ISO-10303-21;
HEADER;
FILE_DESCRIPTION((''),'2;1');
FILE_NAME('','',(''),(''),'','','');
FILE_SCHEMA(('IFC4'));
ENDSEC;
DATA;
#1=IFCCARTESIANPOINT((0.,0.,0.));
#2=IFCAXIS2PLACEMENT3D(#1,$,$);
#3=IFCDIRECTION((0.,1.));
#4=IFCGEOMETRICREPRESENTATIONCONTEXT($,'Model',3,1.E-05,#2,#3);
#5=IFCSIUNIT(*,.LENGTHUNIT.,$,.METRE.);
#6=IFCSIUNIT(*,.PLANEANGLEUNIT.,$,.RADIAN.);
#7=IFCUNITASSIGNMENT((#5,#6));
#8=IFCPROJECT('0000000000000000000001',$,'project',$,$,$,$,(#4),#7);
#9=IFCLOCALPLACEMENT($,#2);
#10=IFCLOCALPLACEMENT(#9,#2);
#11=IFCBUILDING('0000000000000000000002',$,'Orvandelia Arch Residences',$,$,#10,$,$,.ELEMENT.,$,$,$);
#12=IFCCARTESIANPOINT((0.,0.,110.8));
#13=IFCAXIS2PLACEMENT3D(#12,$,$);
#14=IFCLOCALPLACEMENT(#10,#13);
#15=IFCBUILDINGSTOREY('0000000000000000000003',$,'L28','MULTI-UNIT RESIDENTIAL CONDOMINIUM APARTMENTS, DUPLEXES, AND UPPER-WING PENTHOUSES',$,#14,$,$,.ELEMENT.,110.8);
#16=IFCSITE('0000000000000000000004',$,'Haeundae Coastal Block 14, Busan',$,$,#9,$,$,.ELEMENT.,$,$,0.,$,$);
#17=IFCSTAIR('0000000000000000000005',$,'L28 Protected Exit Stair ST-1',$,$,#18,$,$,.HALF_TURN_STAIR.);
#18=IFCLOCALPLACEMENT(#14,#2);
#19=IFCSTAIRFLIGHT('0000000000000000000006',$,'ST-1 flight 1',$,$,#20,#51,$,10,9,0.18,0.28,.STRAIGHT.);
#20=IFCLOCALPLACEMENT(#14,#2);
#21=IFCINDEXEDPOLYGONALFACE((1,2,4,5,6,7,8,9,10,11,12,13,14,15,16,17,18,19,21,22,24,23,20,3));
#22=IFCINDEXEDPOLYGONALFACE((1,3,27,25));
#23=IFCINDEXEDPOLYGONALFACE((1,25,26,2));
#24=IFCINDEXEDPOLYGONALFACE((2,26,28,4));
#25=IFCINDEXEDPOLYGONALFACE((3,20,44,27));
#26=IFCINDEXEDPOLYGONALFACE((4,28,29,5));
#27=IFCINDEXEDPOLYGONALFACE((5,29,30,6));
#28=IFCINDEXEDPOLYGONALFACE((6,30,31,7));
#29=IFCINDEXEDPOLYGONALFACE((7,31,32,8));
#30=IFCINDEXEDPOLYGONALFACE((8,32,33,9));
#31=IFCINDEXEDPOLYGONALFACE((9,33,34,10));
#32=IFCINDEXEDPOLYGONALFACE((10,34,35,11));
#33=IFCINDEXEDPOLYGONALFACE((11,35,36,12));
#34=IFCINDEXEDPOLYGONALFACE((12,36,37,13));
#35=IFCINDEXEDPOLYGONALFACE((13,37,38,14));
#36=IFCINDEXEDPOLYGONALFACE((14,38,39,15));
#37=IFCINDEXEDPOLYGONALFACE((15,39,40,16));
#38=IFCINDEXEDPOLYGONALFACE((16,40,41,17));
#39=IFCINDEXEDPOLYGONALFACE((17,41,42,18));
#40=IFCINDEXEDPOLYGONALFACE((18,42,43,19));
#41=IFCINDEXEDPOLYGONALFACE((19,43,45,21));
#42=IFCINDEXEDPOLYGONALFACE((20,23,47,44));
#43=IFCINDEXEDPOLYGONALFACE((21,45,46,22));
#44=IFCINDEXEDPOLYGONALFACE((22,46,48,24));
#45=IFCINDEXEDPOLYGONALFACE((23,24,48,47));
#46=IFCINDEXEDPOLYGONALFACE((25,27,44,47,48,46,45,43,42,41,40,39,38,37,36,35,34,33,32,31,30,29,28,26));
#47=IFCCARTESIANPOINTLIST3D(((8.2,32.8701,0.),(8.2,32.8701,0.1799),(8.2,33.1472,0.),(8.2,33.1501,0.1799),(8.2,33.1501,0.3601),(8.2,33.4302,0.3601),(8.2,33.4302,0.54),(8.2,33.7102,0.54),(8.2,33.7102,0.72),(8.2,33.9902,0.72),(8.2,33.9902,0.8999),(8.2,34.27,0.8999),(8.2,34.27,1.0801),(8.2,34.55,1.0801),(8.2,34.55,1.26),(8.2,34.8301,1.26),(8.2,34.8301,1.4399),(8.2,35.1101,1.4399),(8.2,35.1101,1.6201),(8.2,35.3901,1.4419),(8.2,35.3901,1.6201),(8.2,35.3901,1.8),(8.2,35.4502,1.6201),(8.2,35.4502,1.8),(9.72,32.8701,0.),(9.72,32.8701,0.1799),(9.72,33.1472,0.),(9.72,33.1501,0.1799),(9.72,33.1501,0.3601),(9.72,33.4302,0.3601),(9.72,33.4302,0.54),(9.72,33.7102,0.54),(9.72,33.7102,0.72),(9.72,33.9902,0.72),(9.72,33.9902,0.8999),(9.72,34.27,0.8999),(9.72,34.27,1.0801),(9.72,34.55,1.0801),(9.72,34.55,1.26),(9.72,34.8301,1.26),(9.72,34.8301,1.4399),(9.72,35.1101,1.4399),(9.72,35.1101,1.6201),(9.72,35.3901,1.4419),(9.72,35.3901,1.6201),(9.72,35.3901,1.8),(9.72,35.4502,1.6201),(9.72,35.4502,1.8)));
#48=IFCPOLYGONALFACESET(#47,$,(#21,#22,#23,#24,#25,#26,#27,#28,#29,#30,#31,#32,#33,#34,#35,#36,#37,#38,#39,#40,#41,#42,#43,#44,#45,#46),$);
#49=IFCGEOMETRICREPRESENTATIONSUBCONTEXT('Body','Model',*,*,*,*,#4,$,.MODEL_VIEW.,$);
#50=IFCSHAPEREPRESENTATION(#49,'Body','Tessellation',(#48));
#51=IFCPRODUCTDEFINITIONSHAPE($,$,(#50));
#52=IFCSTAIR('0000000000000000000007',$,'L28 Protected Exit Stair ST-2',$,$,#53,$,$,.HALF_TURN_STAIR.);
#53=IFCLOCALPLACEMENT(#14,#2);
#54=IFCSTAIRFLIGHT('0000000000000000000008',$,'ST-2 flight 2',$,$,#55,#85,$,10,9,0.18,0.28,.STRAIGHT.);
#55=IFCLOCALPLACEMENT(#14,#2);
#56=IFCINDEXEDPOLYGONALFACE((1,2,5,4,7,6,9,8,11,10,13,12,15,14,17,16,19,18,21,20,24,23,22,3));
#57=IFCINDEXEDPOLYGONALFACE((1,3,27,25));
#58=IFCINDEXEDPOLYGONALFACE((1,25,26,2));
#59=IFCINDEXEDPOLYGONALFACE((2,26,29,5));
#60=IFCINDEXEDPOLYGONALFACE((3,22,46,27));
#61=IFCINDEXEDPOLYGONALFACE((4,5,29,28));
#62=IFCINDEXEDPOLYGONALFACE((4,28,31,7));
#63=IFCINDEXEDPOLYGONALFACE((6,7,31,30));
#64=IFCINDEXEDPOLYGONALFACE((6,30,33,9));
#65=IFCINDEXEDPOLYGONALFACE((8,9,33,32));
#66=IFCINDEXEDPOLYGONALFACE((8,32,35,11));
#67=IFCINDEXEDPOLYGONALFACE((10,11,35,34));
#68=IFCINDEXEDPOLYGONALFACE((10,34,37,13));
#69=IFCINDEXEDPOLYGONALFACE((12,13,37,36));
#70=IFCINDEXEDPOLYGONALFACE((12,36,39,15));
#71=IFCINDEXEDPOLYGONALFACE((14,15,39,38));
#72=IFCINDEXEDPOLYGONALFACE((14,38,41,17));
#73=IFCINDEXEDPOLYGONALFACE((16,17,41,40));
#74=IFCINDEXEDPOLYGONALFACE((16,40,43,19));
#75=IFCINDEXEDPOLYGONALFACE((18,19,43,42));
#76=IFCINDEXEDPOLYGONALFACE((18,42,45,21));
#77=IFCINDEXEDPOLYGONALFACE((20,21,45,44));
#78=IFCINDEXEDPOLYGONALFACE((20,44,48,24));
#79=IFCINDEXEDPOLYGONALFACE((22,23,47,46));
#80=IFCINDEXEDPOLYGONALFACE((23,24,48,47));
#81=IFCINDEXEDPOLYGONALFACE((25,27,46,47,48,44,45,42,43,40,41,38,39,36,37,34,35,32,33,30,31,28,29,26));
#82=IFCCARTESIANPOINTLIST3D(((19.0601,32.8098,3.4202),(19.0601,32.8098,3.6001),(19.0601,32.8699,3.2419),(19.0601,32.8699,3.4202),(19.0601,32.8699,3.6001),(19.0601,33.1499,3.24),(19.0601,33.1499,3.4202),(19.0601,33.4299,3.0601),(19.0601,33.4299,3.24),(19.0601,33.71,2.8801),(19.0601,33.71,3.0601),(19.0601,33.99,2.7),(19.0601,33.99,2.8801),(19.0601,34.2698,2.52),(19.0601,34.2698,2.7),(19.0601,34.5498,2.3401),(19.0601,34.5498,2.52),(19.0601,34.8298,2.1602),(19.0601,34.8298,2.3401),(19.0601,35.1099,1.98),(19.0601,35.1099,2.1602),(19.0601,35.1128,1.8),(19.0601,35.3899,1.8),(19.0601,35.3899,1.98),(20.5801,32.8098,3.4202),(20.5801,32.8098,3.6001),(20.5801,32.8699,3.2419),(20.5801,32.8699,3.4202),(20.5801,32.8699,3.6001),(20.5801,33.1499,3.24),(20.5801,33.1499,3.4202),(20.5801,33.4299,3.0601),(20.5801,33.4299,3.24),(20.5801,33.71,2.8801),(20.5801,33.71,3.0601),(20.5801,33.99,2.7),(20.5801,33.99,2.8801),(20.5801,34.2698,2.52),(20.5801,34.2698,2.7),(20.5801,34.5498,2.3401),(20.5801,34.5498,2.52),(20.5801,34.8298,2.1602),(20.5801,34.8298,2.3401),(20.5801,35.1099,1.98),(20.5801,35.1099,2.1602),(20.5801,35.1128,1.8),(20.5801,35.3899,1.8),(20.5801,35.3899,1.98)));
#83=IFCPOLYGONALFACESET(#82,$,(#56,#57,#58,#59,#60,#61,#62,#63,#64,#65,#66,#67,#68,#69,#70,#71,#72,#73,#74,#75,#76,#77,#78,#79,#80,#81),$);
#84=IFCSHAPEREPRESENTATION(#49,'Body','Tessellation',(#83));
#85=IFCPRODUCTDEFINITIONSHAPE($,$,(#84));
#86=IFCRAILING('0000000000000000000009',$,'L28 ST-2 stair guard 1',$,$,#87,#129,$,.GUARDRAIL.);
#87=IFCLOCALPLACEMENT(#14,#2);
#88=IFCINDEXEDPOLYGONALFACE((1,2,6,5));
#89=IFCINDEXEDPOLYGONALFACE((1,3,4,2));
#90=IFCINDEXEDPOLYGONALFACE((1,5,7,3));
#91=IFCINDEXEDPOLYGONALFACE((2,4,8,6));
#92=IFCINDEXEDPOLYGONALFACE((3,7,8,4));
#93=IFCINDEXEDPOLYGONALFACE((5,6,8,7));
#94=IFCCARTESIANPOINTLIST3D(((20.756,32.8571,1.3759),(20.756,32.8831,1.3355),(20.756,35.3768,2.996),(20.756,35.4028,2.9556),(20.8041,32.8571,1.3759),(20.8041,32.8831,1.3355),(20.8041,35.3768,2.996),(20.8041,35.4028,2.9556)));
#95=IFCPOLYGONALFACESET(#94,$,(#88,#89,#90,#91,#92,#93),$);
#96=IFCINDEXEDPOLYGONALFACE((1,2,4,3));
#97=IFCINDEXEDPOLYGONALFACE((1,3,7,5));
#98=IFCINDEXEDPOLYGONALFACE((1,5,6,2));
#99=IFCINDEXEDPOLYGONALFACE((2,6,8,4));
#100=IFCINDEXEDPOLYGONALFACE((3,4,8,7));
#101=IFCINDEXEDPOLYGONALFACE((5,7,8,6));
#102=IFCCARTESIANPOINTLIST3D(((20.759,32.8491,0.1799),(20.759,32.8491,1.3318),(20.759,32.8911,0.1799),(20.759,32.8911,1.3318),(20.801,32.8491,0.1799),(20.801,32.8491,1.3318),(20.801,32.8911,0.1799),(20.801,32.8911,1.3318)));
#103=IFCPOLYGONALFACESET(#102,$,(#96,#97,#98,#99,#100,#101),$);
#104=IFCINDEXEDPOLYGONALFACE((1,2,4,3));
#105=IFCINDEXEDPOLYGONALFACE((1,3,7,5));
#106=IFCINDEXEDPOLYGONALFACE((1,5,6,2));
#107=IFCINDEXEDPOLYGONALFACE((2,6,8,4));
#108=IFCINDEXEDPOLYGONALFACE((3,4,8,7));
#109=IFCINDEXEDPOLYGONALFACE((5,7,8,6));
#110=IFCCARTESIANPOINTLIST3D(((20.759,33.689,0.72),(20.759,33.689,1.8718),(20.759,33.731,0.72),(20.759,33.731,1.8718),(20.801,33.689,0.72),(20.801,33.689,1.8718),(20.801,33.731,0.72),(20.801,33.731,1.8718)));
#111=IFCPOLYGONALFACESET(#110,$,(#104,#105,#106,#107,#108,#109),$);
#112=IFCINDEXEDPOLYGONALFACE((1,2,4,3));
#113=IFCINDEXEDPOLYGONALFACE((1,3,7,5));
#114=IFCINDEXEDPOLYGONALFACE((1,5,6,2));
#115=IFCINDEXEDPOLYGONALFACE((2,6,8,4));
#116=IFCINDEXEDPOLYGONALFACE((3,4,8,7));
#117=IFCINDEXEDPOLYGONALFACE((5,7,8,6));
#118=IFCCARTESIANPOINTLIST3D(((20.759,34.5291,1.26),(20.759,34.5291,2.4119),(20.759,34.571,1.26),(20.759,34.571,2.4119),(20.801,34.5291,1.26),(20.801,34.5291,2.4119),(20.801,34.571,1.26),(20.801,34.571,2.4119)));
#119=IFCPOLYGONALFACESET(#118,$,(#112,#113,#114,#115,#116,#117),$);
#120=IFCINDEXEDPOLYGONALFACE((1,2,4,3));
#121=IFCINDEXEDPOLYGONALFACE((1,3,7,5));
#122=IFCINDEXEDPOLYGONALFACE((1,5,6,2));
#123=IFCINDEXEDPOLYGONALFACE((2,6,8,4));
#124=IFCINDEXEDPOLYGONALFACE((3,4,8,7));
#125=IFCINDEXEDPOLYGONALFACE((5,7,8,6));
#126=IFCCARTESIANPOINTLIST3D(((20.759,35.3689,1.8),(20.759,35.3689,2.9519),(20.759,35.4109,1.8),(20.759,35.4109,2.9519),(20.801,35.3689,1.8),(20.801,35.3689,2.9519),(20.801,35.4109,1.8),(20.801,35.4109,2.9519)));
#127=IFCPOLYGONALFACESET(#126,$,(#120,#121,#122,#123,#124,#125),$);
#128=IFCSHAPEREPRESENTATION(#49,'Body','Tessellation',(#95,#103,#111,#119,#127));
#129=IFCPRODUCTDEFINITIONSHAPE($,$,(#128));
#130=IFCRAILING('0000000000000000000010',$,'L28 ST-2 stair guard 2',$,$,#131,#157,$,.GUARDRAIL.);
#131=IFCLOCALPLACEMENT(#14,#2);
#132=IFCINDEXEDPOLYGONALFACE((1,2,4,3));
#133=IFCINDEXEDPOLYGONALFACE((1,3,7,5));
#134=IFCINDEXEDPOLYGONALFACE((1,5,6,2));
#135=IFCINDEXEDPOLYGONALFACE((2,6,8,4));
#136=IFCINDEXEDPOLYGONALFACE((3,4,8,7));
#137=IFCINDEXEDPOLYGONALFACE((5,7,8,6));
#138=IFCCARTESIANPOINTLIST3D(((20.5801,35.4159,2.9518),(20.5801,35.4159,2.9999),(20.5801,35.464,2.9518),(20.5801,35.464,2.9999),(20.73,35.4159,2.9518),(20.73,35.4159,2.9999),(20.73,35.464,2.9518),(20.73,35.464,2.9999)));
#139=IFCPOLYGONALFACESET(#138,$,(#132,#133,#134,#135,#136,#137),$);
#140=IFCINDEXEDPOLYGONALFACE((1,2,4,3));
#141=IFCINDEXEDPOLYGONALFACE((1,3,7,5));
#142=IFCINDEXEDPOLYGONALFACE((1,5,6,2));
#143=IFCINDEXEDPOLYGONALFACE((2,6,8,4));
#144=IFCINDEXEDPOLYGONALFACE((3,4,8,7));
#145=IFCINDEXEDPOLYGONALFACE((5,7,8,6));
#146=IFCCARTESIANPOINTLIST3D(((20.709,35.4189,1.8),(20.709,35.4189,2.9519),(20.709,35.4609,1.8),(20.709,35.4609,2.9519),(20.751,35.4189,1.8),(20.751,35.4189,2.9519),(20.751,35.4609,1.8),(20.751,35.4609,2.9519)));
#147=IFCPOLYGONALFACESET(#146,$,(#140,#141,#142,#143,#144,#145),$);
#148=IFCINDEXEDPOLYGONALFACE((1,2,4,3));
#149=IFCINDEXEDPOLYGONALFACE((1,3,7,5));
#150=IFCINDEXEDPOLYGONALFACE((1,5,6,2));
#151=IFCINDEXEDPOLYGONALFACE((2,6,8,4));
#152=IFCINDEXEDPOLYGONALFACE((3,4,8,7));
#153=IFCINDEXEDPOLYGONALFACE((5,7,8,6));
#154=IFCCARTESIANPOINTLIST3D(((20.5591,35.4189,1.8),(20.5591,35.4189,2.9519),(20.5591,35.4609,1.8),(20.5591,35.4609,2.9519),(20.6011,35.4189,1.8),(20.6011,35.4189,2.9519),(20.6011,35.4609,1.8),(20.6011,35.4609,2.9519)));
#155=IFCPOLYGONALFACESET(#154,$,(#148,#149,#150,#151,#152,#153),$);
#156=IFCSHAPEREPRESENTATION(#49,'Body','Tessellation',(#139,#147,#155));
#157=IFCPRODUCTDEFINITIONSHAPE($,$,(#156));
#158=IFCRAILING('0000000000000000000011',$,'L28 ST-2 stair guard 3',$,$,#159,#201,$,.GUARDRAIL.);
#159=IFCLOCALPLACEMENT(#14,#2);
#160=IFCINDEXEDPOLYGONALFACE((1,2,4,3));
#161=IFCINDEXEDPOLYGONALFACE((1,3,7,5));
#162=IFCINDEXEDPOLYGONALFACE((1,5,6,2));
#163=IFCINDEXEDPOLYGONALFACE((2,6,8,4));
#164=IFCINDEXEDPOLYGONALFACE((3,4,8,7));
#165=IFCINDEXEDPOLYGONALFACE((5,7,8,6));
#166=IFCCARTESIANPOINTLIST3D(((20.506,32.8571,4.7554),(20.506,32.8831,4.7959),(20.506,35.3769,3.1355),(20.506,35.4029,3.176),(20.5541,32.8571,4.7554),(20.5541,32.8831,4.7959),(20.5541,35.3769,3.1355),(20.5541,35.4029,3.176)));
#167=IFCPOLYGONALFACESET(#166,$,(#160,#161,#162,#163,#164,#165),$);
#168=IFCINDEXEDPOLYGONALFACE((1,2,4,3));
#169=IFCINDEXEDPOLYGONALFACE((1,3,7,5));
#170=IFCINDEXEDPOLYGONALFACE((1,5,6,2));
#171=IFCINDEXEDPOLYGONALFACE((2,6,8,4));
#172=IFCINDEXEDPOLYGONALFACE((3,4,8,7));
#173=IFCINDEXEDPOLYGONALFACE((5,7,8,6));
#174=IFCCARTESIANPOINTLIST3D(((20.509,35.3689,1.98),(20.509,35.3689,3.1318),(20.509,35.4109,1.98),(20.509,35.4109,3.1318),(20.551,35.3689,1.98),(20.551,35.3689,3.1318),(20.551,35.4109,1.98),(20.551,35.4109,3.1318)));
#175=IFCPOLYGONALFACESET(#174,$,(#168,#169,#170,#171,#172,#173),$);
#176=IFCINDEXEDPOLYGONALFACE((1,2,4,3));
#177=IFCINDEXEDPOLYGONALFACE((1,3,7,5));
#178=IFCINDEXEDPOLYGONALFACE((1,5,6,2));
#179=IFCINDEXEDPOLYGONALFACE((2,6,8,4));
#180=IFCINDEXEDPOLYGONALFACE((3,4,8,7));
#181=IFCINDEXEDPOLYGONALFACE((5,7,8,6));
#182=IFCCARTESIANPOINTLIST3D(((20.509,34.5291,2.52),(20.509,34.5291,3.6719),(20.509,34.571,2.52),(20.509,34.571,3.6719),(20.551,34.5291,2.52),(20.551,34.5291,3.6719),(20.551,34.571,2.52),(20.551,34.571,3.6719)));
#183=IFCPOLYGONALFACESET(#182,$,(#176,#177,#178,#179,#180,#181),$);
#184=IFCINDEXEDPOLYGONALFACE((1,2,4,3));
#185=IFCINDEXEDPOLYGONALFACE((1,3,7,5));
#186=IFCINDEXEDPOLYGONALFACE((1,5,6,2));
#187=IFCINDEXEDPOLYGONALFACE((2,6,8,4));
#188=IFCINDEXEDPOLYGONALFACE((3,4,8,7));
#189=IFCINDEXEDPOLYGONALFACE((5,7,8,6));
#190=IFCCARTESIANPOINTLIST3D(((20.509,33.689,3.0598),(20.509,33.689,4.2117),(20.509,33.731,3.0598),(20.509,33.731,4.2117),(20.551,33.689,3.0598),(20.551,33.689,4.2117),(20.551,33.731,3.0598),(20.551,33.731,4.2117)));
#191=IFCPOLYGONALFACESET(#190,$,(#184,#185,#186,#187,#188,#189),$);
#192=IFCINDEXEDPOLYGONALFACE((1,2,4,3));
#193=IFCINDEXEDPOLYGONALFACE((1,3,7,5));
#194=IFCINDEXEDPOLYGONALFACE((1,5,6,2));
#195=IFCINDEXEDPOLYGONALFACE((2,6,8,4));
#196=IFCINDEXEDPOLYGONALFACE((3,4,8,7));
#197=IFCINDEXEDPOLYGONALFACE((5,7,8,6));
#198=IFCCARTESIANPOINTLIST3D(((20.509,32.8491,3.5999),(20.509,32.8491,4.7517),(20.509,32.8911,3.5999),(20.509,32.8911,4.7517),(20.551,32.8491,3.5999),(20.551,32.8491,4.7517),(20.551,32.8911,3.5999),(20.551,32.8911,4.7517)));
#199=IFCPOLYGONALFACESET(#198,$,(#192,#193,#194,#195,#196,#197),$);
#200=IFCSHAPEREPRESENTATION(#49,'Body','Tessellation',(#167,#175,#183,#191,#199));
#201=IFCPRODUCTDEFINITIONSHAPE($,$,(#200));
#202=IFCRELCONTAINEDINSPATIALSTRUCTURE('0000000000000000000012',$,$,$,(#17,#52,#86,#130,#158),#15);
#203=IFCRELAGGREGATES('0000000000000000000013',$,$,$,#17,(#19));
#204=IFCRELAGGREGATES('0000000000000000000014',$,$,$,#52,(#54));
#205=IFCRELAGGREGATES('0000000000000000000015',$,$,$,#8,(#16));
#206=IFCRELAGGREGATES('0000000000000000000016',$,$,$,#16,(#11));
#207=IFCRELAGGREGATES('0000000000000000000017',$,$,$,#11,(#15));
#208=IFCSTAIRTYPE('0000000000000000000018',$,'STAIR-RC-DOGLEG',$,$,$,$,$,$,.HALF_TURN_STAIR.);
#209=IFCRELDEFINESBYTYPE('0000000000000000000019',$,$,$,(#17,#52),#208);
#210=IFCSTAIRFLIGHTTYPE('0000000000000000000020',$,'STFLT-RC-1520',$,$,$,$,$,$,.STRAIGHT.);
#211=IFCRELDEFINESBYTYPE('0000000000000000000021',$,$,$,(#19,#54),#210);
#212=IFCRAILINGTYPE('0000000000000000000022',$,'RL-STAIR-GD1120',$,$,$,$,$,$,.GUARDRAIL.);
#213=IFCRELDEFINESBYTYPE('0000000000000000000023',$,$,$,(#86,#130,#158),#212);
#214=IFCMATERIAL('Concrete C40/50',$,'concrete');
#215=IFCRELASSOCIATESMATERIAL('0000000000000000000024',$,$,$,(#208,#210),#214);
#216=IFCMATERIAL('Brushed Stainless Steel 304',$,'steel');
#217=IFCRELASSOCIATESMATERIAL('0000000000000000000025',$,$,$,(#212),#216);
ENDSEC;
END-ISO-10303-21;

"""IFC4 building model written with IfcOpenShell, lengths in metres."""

from ifc_helpers import new_model, si_unit, direction, frame, origin, origin_2d, place, context, subcontext, project, spatial, polyline, rectangle, outline, extrude, material, type_object, element, aggregate, save


model = new_model("IFC4")

# Units and contexts
model_context = context("Model", 3, precision=1e-05, world=origin(), true_north=direction((0.0, 1.0)))
body_context = subcontext(model_context, "Body", "Model", "MODEL_VIEW")
ifc_project = project(units=[si_unit("LENGTHUNIT", "METRE"), si_unit("PLANEANGLEUNIT", "RADIAN")], contexts=[model_context])

# Site, building, storey
site_placement = place(None, origin())
site = spatial("IfcSite", under=ifc_project, at=site_placement, Name="Haeundae Coastal Block 14, Busan", CompositionType="ELEMENT", RefElevation=0.0)
building_placement = place(site_placement, origin())
building = spatial("IfcBuilding", under=site, at=building_placement, Name="Orvandelia Arch Residences", CompositionType="ELEMENT")
storey_placement = place(building_placement, frame((0.0, 0.0, 110.8)))
storey = spatial("IfcBuildingStorey", under=building, at=storey_placement, Name="L28", Description="MULTI-UNIT RESIDENTIAL CONDOMINIUM APARTMENTS, DUPLEXES, AND UPPER-WING PENTHOUSES", CompositionType="ELEMENT", Elevation=110.8)

# Stairs, stair flights
ifc_material_1 = material(Name="Concrete C40/50", Category="concrete")
stair_type = type_object("IfcStairType", Name="STAIR-RC-DOGLEG", PredefinedType="HALF_TURN_STAIR", material=ifc_material_1)
stair_1_placement = place(storey_placement, origin())
stair_1 = element("IfcStair", 1, at=stair_1_placement, inside=storey, type_object=stair_type, Name="L28 Protected Exit Stair ST-1", PredefinedType="HALF_TURN_STAIR")
stair_flight_type = type_object("IfcStairFlightType", Name="STFLT-RC-1520", PredefinedType="STRAIGHT", material=ifc_material_1)
stair_flight_1_placement = place(storey_placement, frame((8.96, 32.8701, 0.0), z_axis=(0.0, 0.0, 1.0), x_axis=(0.0, 1.0, 0.0)))
stair_flight_1 = element("IfcStairFlight", 2, at=stair_flight_1_placement, type_object=stair_flight_type, Name="ST-1 flight 1", NumberOfRisers=10, NumberOfTreads=9, PredefinedType="STRAIGHT", RiserHeight=0.18, TreadLength=0.28, context=body_context, shape_type="SweptSolid", body=[
    extrude(outline(polyline([(0.0, 0.0), (0.0, 0.1799), (0.28, 0.1799), (0.28, 0.3601), (0.5601, 0.3601), (0.5601, 0.54), (0.8401, 0.54), (0.8401, 0.72), (1.1201, 0.72), (1.1201, 0.8999), (1.3999, 0.8999), (1.3999, 1.0801), (1.6799, 1.0801), (1.6799, 1.26), (1.96, 1.26), (1.96, 1.4399), (2.24, 1.4399), (2.24, 1.6201), (2.52, 1.6201), (2.52, 1.8), (2.5801, 1.8), (2.5801, 1.6201), (2.52, 1.4419), (0.2771, 0.0), (0.0, 0.0)])), frame((0.0, 0.76, 0.0), z_axis=(0.0, -1.0, 0.0), x_axis=(1.0, 0.0, 0.0)), (0.0, 0.0, 1.0), 1.52),
])
aggregate(stair_1, [stair_flight_1])
stair_2_placement = place(storey_placement, origin())
stair_2 = element("IfcStair", 3, at=stair_2_placement, inside=storey, type_object=stair_type, Name="L28 Protected Exit Stair ST-2", PredefinedType="HALF_TURN_STAIR")
stair_flight_2_placement = place(storey_placement, frame((19.8201, 35.3899, 1.8), z_axis=(0.0, 0.0, 1.0), x_axis=(0.0, -1.0, 0.0)))
stair_flight_2 = element("IfcStairFlight", 4, at=stair_flight_2_placement, type_object=stair_flight_type, Name="ST-2 flight 2", NumberOfRisers=10, NumberOfTreads=9, PredefinedType="STRAIGHT", RiserHeight=0.18, TreadLength=0.28, context=body_context, shape_type="SweptSolid", body=[
    extrude(outline(polyline([(0.0, 0.0), (0.0, 0.1799), (0.28, 0.1799), (0.28, 0.3601), (0.5601, 0.3601), (0.5601, 0.54), (0.8401, 0.54), (0.8401, 0.72), (1.1201, 0.72), (1.1201, 0.8999), (1.3999, 0.8999), (1.3999, 1.0801), (1.6799, 1.0801), (1.6799, 1.26), (1.96, 1.26), (1.96, 1.4399), (2.24, 1.4399), (2.24, 1.6201), (2.52, 1.6201), (2.52, 1.8), (2.5801, 1.8), (2.5801, 1.6201), (2.52, 1.4419), (0.2771, 0.0), (0.0, 0.0)])), frame((0.0, 0.76, 0.0), z_axis=(0.0, -1.0, 0.0), x_axis=(1.0, 0.0, 0.0)), (0.0, 0.0, 1.0), 1.52),
])
aggregate(stair_2, [stair_flight_2])

# Railings
ifc_material_2 = material(Name="Brushed Stainless Steel 304", Category="steel")
railing_type_1 = type_object("IfcRailingType", Name="RL-STAIR-GD1120", PredefinedType="GUARDRAIL", material=ifc_material_2)
railing_1_placement = place(storey_placement, frame((20.78, 32.8701, 0.1799)))
element("IfcRailing", 5, at=railing_1_placement, inside=storey, type_object=railing_type_1, Name="L28 ST-2 stair guard 1", PredefinedType="GUARDRAIL", context=body_context, shape_type="SweptSolid", body=[
    extrude(rectangle(XDim=0.0481, YDim=0.0481, at=origin_2d()), frame((0.0, 0.0, 1.1758), z_axis=(0.0, 0.841139, 0.540819), x_axis=(-1.0, 0.0, 0.0)), (0.0, 0.0, 1.0), 2.9956),
    extrude(rectangle(XDim=0.042, YDim=0.042, at=origin_2d()), origin(), (0.0, 0.0, 1.0), 1.1519),
    extrude(rectangle(XDim=0.042, YDim=0.042, at=origin_2d()), frame((0.0, 0.8398, 0.54)), (0.0, 0.0, 1.0), 1.1519),
    extrude(rectangle(XDim=0.042, YDim=0.042, at=origin_2d()), frame((0.0, 1.6799, 1.0801)), (0.0, 0.0, 1.0), 1.1519),
    extrude(rectangle(XDim=0.042, YDim=0.042, at=origin_2d()), frame((0.0, 2.5198, 1.6201)), (0.0, 0.0, 1.0), 1.1519),
])
railing_2_placement = place(storey_placement, frame((20.73, 35.4399, 1.8)))
element("IfcRailing", 6, at=railing_2_placement, inside=storey, type_object=railing_type_1, Name="L28 ST-2 stair guard 2", PredefinedType="GUARDRAIL", context=body_context, shape_type="SweptSolid", body=[
    extrude(rectangle(XDim=0.0481, YDim=0.0481, at=origin_2d()), frame((0.0, 0.0, 1.1758), z_axis=(-1.0, 0.0, 0.0), x_axis=(0.0, -1.0, 0.0)), (0.0, 0.0, 1.0), 0.1499),
    extrude(rectangle(XDim=0.042, YDim=0.042, at=origin_2d()), origin(), (0.0, 0.0, 1.0), 1.1519),
    extrude(rectangle(XDim=0.042, YDim=0.042, at=origin_2d()), frame((-0.1499, 0.0, 0.0)), (0.0, 0.0, 1.0), 1.1519),
])
railing_3_placement = place(storey_placement, frame((20.53, 35.3899, 1.98)))
element("IfcRailing", 7, at=railing_3_placement, inside=storey, type_object=railing_type_1, Name="L28 ST-2 stair guard 3", PredefinedType="GUARDRAIL", context=body_context, shape_type="SweptSolid", body=[
    extrude(rectangle(XDim=0.0481, YDim=0.0481, at=origin_2d()), frame((0.0, 0.0, 1.1758), z_axis=(0.0, -0.841176, 0.540762), x_axis=(1.0, 0.0, 0.0)), (0.0, 0.0, 1.0), 2.9956),
    extrude(rectangle(XDim=0.042, YDim=0.042, at=origin_2d()), origin(), (0.0, 0.0, 1.0), 1.1519),
    extrude(rectangle(XDim=0.042, YDim=0.042, at=origin_2d()), frame((0.0, -0.8398, 0.54)), (0.0, 0.0, 1.0), 1.1519),
    extrude(rectangle(XDim=0.042, YDim=0.042, at=origin_2d()), frame((0.0, -1.6799, 1.0798)), (0.0, 0.0, 1.0), 1.1519),
    extrude(rectangle(XDim=0.042, YDim=0.042, at=origin_2d()), frame((0.0, -2.5198, 1.6199)), (0.0, 0.0, 1.0), 1.1519),
])

save(model, "model.ifc")
